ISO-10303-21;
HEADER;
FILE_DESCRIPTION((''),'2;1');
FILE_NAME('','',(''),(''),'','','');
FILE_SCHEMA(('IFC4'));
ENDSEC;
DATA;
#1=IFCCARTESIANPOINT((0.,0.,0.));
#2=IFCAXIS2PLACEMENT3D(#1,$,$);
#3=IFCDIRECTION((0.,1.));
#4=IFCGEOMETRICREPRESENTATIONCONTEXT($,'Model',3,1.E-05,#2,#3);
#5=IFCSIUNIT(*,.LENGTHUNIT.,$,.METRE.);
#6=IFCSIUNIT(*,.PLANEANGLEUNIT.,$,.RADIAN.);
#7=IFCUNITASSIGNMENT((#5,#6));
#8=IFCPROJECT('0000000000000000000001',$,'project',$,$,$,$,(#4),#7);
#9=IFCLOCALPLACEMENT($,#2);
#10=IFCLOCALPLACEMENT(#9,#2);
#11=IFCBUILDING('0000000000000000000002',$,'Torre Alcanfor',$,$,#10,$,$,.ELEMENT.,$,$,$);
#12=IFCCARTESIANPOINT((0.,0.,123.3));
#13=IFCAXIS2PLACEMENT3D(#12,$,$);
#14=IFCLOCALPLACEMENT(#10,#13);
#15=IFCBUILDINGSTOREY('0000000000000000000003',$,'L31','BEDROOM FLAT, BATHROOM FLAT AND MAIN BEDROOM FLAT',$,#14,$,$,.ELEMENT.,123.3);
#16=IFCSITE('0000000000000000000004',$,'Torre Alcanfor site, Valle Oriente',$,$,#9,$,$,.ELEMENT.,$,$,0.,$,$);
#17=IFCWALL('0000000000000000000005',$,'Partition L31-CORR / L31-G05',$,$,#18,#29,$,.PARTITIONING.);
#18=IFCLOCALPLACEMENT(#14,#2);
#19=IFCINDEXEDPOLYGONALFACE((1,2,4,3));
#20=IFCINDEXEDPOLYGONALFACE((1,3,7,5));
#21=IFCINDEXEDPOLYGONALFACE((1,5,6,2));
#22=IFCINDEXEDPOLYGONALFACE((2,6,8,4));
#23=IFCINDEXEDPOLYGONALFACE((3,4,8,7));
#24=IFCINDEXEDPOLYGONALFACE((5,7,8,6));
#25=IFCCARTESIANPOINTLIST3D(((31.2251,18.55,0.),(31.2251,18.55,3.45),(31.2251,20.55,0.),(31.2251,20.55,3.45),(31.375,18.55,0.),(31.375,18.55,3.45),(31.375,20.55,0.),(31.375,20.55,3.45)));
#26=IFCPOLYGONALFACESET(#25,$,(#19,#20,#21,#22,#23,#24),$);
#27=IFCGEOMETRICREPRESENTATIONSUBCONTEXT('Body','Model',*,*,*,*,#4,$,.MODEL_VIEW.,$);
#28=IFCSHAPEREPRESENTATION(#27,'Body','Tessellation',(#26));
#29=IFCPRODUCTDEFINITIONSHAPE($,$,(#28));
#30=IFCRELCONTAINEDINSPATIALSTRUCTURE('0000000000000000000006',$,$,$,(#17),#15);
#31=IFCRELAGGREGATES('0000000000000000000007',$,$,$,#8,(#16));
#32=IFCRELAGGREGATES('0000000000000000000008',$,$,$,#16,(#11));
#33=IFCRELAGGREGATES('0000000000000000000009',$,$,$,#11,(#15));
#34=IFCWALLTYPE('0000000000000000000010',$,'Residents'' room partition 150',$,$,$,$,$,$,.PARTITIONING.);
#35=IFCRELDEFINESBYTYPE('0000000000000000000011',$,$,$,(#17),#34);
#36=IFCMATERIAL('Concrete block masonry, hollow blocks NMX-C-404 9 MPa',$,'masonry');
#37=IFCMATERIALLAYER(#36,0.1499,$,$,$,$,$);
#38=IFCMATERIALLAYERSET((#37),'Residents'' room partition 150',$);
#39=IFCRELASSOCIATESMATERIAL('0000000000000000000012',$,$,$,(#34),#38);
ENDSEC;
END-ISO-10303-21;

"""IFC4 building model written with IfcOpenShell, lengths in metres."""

from ifc_helpers import new_model, si_unit, direction, frame, frame_2d, origin, place, context, subcontext, project, spatial, rectangle, extrude, material, layer, layer_set, type_object, element, save


model = new_model("IFC4")

# Units and contexts
model_context = context("Model", 3, precision=1e-05, world=origin(), true_north=direction((0.0, 1.0)))
body_context = subcontext(model_context, "Body", "Model", "MODEL_VIEW")
ifc_project = project(units=[si_unit("LENGTHUNIT", "METRE"), si_unit("PLANEANGLEUNIT", "RADIAN")], contexts=[model_context])

# Site, building, storey
site_placement = place(None, origin())
site = spatial("IfcSite", under=ifc_project, at=site_placement, Name="Torre Alcanfor site, Valle Oriente", CompositionType="ELEMENT", RefElevation=0.0)
building_placement = place(site_placement, origin())
building = spatial("IfcBuilding", under=site, at=building_placement, Name="Torre Alcanfor", CompositionType="ELEMENT")
storey_placement = place(building_placement, frame((0.0, 0.0, 123.3)))
storey = spatial("IfcBuildingStorey", under=building, at=storey_placement, Name="L31", Description="BEDROOM FLAT, BATHROOM FLAT AND MAIN BEDROOM FLAT", CompositionType="ELEMENT", Elevation=123.3)

# Wall
ifc_material_1 = material(Name="Concrete block masonry, hollow blocks NMX-C-404 9 MPa", Category="masonry")
ifc_layer_1 = layer(ifc_material_1, 0.1499)
ifc_layer_set_1 = layer_set([ifc_layer_1], Name="Residents' room partition 150")
wall_type_1 = type_object("IfcWallType", Name="Residents' room partition 150", PredefinedType="PARTITIONING", material=ifc_layer_set_1)
wall_1_placement = place(storey_placement, frame((31.3, 18.55, 0.0), z_axis=(0.0, 0.0, 1.0), x_axis=(0.0, 1.0, 0.0)))
element("IfcWall", 1, at=wall_1_placement, inside=storey, type_object=wall_type_1, Name="Partition L31-CORR / L31-G05", PredefinedType="PARTITIONING", context=body_context, shape_type="SweptSolid", body=[
    extrude(rectangle(XDim=2.0, YDim=0.1499, at=frame_2d((1.0, 0.0))), origin(), (0.0, 0.0, 1.0), 3.45),
])

save(model, "model.ifc")
